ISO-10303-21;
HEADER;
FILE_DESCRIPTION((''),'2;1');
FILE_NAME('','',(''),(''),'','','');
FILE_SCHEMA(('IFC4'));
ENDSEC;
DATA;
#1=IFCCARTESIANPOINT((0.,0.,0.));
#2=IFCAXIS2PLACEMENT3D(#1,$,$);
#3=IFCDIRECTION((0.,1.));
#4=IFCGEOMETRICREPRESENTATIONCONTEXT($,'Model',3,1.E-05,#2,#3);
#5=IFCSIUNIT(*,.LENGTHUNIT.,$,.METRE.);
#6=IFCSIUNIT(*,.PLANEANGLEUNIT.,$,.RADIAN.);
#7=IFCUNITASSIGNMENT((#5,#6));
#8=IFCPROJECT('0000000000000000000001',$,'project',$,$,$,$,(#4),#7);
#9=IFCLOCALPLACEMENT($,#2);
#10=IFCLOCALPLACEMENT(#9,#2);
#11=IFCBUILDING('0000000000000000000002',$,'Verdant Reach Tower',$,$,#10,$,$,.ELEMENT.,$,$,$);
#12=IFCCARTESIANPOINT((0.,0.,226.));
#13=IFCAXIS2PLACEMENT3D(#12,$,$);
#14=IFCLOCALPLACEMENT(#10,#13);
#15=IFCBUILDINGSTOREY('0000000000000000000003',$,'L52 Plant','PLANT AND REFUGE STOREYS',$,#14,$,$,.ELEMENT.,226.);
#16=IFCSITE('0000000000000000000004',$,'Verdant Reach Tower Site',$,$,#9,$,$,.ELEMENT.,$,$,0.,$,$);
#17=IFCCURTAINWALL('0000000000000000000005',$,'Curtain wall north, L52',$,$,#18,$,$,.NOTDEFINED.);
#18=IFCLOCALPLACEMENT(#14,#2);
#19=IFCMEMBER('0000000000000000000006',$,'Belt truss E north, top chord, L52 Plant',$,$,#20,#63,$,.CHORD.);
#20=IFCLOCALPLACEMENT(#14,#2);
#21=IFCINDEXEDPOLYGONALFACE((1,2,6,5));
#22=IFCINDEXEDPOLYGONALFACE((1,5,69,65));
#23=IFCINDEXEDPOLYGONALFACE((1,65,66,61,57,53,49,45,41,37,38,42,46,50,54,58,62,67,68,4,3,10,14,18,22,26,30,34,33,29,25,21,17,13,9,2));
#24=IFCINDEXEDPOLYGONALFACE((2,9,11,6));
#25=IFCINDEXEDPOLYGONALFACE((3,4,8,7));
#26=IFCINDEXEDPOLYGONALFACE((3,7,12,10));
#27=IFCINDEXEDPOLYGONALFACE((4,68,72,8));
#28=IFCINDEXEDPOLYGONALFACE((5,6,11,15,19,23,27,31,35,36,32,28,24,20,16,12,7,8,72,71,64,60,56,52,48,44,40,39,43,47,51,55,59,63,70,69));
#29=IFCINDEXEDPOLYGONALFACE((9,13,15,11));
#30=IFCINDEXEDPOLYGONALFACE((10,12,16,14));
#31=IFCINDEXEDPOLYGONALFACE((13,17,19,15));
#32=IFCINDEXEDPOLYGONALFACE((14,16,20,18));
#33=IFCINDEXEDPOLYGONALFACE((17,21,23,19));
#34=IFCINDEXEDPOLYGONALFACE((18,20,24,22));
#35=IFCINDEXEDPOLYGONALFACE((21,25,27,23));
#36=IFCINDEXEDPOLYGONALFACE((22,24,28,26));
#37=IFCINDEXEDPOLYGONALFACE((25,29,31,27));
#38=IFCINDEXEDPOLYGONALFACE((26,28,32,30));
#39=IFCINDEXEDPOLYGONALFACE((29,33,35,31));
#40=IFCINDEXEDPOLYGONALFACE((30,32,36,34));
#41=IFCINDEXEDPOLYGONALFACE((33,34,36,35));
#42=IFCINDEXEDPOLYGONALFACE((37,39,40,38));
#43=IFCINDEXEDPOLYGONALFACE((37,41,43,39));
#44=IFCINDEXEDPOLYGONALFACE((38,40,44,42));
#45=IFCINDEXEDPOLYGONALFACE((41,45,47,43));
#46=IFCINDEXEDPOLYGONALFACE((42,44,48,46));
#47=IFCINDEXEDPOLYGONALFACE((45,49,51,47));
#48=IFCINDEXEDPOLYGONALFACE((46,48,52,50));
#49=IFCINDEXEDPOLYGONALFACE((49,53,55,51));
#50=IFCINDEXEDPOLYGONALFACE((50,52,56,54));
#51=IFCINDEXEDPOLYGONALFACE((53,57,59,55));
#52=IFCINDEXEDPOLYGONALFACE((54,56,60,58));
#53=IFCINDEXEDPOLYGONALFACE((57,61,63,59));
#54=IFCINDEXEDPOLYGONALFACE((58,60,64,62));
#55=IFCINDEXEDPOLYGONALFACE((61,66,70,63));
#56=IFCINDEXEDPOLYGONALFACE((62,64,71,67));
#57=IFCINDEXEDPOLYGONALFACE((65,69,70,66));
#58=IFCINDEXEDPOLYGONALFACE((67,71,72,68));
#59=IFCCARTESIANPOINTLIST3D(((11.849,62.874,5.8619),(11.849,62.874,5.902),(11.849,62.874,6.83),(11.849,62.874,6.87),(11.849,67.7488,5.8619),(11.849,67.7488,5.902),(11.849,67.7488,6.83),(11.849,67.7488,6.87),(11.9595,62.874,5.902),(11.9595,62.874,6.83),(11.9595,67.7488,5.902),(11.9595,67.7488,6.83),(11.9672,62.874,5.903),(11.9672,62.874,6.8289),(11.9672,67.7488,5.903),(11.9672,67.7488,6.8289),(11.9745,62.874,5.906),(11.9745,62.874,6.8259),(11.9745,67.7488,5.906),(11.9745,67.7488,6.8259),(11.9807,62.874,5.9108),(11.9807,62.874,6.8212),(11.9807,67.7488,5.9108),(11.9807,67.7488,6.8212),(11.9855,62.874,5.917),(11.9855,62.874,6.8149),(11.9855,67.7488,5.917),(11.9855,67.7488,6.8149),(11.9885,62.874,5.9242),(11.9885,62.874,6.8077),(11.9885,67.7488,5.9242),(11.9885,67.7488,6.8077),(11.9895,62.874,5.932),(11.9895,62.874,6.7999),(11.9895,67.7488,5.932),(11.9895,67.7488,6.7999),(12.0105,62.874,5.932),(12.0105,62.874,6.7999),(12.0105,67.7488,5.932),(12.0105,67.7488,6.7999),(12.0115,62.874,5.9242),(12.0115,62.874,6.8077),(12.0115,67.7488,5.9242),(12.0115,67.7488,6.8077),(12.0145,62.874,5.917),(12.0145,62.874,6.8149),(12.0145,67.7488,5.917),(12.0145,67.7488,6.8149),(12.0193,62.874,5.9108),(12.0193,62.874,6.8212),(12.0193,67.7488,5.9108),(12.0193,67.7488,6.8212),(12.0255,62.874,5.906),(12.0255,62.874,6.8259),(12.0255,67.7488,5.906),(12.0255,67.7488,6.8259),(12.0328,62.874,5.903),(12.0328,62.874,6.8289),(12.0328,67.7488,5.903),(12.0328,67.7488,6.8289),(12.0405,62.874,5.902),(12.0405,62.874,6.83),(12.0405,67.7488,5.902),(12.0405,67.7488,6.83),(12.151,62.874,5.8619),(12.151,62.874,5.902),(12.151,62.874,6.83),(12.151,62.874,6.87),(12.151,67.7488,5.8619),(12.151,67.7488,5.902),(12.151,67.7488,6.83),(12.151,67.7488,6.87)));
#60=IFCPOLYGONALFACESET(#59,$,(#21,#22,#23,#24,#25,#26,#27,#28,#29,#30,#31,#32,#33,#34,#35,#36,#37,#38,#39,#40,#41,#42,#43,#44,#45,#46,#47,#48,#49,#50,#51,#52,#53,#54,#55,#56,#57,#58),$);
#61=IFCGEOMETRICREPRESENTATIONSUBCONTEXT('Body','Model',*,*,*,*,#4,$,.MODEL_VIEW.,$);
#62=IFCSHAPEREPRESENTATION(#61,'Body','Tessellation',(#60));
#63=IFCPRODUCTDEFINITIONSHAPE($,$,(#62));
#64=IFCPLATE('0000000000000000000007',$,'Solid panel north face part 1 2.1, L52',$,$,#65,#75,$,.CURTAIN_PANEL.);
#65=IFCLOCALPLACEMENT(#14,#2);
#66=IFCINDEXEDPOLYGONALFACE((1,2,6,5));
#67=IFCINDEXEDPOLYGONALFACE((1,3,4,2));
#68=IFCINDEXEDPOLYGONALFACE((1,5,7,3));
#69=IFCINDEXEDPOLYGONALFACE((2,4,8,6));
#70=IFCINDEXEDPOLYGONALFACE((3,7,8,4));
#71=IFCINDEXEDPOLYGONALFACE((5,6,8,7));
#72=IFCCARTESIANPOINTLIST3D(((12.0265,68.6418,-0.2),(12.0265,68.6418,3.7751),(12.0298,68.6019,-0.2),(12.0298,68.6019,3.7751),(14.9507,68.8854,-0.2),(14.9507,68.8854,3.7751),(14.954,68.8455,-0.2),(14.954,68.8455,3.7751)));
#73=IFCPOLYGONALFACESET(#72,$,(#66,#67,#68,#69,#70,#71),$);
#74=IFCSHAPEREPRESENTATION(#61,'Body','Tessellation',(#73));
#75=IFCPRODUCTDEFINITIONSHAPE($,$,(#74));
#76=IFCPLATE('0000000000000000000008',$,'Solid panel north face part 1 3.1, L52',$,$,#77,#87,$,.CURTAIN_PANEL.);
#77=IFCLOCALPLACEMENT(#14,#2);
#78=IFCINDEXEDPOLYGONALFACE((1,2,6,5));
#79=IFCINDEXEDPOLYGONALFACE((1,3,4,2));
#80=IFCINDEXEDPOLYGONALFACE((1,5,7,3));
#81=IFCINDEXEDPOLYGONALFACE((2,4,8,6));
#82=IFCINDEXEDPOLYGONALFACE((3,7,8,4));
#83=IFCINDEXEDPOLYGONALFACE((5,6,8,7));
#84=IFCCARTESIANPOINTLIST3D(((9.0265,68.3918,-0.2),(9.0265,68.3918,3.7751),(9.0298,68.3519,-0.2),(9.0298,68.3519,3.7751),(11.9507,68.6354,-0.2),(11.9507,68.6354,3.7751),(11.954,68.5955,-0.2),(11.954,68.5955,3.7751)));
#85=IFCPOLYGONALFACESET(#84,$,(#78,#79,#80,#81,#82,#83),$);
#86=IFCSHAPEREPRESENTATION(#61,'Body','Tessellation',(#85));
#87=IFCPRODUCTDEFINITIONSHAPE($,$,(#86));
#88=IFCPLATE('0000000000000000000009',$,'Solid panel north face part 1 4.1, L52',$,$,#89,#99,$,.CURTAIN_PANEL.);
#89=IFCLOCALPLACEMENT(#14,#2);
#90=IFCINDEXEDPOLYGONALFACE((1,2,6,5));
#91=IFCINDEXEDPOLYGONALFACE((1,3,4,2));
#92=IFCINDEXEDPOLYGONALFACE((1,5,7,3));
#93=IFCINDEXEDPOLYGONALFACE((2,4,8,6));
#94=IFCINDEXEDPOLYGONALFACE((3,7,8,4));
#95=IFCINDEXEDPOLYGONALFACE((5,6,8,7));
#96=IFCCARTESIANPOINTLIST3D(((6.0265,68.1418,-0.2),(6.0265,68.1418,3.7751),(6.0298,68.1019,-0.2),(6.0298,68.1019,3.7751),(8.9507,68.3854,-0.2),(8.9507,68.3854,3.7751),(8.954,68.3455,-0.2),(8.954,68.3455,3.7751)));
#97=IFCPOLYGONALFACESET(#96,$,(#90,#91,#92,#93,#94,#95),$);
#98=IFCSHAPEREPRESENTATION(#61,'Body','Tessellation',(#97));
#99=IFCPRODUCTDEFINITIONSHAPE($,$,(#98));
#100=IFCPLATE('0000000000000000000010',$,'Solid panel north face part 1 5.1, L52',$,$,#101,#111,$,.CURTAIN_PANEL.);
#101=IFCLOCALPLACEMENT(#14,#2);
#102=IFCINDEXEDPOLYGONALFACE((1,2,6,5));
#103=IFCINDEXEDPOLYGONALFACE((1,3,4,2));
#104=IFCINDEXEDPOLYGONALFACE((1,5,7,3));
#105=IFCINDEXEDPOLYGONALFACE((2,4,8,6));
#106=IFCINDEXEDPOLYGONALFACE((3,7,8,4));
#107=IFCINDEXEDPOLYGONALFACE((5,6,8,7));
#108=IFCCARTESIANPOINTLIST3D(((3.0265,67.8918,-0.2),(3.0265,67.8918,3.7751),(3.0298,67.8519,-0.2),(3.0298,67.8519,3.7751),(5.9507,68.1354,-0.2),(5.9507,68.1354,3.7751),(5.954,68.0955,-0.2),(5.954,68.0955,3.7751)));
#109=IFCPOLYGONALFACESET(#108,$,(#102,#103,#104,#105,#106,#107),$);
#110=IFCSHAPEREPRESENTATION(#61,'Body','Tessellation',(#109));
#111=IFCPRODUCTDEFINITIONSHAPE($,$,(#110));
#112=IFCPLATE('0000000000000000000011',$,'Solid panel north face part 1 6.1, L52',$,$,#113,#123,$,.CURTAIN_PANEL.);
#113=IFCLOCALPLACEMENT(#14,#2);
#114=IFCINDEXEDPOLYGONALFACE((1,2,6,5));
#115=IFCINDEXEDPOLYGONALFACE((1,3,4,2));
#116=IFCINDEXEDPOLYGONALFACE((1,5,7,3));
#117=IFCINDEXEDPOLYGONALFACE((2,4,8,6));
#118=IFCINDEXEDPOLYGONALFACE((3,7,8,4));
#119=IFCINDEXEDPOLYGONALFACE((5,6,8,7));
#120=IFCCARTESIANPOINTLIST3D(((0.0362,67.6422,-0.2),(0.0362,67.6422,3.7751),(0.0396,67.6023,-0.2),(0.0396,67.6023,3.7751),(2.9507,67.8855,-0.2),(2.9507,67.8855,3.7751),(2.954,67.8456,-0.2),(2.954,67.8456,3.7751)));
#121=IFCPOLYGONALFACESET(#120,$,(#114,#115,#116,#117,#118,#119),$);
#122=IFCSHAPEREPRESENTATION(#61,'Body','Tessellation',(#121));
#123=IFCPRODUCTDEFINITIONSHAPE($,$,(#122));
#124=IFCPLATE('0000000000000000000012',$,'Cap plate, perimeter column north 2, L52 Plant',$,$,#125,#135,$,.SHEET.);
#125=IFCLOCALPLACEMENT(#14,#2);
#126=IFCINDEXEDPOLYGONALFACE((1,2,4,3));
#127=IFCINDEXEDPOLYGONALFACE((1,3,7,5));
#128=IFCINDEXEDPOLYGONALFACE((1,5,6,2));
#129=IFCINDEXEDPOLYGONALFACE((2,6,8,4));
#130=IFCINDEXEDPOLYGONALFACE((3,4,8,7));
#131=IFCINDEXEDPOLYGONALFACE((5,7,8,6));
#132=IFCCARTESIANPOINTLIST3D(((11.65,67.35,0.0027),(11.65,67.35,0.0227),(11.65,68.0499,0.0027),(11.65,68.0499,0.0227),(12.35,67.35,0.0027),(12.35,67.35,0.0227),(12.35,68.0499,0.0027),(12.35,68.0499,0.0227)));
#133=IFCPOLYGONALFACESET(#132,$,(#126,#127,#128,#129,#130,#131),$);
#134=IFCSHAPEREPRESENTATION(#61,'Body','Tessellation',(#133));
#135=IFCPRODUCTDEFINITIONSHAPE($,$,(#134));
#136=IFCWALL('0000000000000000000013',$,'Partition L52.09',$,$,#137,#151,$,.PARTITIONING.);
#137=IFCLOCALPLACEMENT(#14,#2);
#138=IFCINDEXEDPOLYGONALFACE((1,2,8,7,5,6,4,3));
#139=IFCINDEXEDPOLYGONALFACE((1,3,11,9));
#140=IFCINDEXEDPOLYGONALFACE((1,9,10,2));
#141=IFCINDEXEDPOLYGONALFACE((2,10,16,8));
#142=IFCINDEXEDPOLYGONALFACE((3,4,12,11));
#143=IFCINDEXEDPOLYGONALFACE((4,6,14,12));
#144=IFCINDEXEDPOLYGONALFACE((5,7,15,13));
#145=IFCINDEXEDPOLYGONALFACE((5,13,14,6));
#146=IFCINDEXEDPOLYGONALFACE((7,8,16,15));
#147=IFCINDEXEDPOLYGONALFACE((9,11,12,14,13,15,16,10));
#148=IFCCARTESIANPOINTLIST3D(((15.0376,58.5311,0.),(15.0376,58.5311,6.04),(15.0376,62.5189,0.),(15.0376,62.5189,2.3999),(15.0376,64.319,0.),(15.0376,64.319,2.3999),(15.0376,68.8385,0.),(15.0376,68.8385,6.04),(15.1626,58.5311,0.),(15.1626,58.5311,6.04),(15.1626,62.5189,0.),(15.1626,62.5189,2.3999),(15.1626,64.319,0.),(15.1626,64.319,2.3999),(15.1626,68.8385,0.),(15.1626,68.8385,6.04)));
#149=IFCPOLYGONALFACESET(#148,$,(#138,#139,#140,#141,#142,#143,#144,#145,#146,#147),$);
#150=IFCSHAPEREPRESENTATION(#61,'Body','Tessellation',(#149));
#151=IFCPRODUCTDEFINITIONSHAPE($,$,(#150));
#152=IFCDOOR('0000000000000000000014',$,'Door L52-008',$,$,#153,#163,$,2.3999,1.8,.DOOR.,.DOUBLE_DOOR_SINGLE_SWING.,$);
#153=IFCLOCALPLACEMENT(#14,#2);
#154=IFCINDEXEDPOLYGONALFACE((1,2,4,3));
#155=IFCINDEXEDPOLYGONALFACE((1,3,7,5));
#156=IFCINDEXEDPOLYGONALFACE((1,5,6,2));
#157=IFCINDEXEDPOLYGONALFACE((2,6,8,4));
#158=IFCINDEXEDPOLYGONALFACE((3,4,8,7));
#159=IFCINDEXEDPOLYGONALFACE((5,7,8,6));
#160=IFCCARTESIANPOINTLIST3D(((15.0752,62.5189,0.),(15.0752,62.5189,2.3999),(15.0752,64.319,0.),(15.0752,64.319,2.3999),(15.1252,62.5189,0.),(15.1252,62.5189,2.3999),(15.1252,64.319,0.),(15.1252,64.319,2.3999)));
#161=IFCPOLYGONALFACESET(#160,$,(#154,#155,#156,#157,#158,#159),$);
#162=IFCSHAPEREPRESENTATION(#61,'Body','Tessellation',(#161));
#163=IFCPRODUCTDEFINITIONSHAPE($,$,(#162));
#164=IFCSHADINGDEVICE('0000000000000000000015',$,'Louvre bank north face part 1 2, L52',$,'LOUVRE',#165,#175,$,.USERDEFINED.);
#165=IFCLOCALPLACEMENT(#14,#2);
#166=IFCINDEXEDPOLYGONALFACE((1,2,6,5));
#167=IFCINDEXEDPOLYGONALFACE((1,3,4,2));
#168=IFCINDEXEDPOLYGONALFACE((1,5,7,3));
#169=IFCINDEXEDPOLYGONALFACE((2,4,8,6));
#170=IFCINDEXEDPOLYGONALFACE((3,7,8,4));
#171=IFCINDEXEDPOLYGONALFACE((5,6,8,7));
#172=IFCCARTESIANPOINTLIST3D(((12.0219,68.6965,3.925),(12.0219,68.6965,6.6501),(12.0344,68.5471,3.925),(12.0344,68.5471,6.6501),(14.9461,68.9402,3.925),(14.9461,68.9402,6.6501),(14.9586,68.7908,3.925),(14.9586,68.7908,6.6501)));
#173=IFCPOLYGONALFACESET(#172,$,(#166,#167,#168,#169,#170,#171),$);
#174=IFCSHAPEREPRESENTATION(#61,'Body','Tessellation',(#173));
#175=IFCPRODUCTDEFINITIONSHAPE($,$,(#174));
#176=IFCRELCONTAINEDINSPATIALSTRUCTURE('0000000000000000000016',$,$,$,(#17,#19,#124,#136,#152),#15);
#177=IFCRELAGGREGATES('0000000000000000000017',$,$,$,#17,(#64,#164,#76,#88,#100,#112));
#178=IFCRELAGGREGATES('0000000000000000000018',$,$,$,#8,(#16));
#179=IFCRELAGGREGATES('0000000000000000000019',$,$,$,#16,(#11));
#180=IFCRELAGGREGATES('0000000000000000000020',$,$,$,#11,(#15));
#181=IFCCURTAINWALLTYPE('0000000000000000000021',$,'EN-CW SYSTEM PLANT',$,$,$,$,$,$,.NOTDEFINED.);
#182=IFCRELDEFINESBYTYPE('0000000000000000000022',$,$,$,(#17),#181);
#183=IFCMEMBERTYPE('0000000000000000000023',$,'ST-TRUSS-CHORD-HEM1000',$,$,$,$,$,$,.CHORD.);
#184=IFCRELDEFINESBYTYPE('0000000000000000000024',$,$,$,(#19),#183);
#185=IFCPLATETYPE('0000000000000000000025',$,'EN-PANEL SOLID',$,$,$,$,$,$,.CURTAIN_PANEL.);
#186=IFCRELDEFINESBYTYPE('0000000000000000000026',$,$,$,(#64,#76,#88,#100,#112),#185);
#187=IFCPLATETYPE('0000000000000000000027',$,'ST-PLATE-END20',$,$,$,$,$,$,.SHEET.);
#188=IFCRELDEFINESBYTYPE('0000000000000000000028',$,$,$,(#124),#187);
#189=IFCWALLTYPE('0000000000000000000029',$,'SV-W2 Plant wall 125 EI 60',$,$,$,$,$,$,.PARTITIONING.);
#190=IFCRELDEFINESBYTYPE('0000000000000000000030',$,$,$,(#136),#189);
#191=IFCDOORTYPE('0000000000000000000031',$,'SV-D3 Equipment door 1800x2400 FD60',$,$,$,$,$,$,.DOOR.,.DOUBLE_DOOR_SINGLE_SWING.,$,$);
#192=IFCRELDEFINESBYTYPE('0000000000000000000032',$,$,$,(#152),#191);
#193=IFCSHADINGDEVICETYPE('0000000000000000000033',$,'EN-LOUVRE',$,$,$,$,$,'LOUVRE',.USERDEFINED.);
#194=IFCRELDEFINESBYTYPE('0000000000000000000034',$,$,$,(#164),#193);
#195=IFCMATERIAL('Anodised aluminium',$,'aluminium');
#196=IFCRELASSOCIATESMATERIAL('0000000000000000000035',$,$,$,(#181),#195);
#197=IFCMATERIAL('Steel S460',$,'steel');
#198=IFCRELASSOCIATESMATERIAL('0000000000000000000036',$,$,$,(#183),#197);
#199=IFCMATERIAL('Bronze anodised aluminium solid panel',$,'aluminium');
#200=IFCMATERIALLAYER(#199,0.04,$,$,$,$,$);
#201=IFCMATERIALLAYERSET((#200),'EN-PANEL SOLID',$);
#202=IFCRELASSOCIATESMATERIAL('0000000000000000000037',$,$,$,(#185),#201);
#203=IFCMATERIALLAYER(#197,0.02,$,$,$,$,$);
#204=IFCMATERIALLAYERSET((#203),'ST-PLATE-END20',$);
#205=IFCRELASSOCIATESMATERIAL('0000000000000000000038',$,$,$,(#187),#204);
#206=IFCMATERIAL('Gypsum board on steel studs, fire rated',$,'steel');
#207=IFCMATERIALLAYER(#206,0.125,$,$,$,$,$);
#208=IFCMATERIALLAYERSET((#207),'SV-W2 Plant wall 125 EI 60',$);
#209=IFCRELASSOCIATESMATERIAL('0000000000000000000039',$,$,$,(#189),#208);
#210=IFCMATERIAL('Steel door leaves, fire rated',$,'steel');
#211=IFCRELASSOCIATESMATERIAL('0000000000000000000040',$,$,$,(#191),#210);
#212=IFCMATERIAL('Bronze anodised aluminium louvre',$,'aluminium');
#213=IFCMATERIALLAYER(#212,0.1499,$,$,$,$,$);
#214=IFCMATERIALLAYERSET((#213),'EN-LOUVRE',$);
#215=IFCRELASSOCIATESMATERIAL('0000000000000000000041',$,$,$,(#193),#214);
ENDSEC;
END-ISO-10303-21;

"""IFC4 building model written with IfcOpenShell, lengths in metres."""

from ifc_helpers import new_model, si_unit, direction, frame, frame_2d, origin, origin_2d, place, context, subcontext, project, spatial, rectangle, i_section, extrude, material, layer, layer_set, material_profile, profile_set, type_object, element, fill, aggregate, save


model = new_model("IFC4")

# Units and contexts
model_context = context("Model", 3, precision=1e-05, world=origin(), true_north=direction((0.0, 1.0)))
body_context = subcontext(model_context, "Body", "Model", "MODEL_VIEW")
ifc_project = project(units=[si_unit("LENGTHUNIT", "METRE"), si_unit("PLANEANGLEUNIT", "RADIAN")], contexts=[model_context])

# Site, building, storey
site_placement = place(None, origin())
site = spatial("IfcSite", under=ifc_project, at=site_placement, Name="Verdant Reach Tower Site", CompositionType="ELEMENT", RefElevation=0.0)
building_placement = place(site_placement, origin())
building = spatial("IfcBuilding", under=site, at=building_placement, Name="Verdant Reach Tower", CompositionType="ELEMENT")
storey_placement = place(building_placement, frame((0.0, 0.0, 226.0)))
storey = spatial("IfcBuildingStorey", under=building, at=storey_placement, Name="L52 Plant", Description="PLANT AND REFUGE STOREYS", CompositionType="ELEMENT", Elevation=226.0)

# Shared definitions
ifc_material_1 = material(Name="Steel S460", Category="steel")

# Curtain wall
ifc_material_2 = material(Name="Anodised aluminium", Category="aluminium")
curtain_wall_type = type_object("IfcCurtainWallType", Name="EN-CW SYSTEM PLANT", PredefinedType="NOTDEFINED", material=ifc_material_2)
curtain_wall_placement = place(storey_placement, origin())
curtain_wall = element("IfcCurtainWall", 1, at=curtain_wall_placement, inside=storey, type_object=curtain_wall_type, Name="Curtain wall north, L52", PredefinedType="NOTDEFINED")

# Member
ifc_material_profile_1 = material_profile(ifc_material_1, i_section(OverallWidth=0.302, OverallDepth=1.0081, WebThickness=0.021, FlangeThickness=0.04, FilletRadius=0.03, at=origin_2d()), Name="HEM 1000")
ifc_profile_set_1 = profile_set([ifc_material_profile_1], Name="Steel S460")
member_type_1 = type_object("IfcMemberType", Name="ST-TRUSS-CHORD-HEM1000", PredefinedType="CHORD", material=ifc_profile_set_1)
for number, where, z_axis, x_axis, name in (
    (2, (12.0, 62.874, 6.366), (0.0, 1.0, 0.0), (-1.0, 0.0, 0.0), "Belt truss E north, top chord, L52 Plant"),
):
    element("IfcMember", number, at=place(storey_placement, frame(where, z_axis=z_axis, x_axis=x_axis)), inside=storey, type_object=member_type_1, Name=name, PredefinedType="CHORD", context=body_context, shape_type="SweptSolid", body=[
        extrude(i_section(OverallWidth=0.302, OverallDepth=1.0081, WebThickness=0.021, FlangeThickness=0.04, FilletRadius=0.03, at=origin_2d()), origin(), (0.0, 0.0, 1.0), 4.8748),
    ])

# Plates
ifc_material_3 = material(Name="Bronze anodised aluminium solid panel", Category="aluminium")
ifc_layer_1 = layer(ifc_material_3, 0.04)
ifc_layer_set_1 = layer_set([ifc_layer_1], Name="EN-PANEL SOLID")
plate_type_1 = type_object("IfcPlateType", Name="EN-PANEL SOLID", PredefinedType="CURTAIN_PANEL", material=ifc_layer_set_1)
plate_1_placement = place(storey_placement, frame((13.4902, 68.7437, -0.2), z_axis=(0.0, 0.0, 1.0), x_axis=(-0.996546, -0.083045, 0.0)))
plate_1 = element("IfcPlate", 3, at=plate_1_placement, type_object=plate_type_1, Name="Solid panel north face part 1 2.1, L52", PredefinedType="CURTAIN_PANEL", context=body_context, shape_type="SweptSolid", body=[
    extrude(rectangle(XDim=2.9343, YDim=0.04, at=origin_2d()), origin(), (0.0, 0.0, 1.0), 3.9751),
])
plate_2_placement = place(storey_placement, frame((10.4902, 68.4937, -0.2), z_axis=(0.0, 0.0, 1.0), x_axis=(-0.996546, -0.083045, 0.0)))
plate_2 = element("IfcPlate", 4, at=plate_2_placement, type_object=plate_type_1, Name="Solid panel north face part 1 3.1, L52", PredefinedType="CURTAIN_PANEL", context=body_context, shape_type="SweptSolid", body=[
    extrude(rectangle(XDim=2.9343, YDim=0.04, at=origin_2d()), origin(), (0.0, 0.0, 1.0), 3.9751),
])
plate_3_placement = place(storey_placement, frame((7.4902, 68.2437, -0.2), z_axis=(0.0, 0.0, 1.0), x_axis=(-0.996546, -0.083045, 0.0)))
plate_3 = element("IfcPlate", 5, at=plate_3_placement, type_object=plate_type_1, Name="Solid panel north face part 1 4.1, L52", PredefinedType="CURTAIN_PANEL", context=body_context, shape_type="SweptSolid", body=[
    extrude(rectangle(XDim=2.9343, YDim=0.04, at=origin_2d()), origin(), (0.0, 0.0, 1.0), 3.9751),
])
plate_4_placement = place(storey_placement, frame((4.4902, 67.9937, -0.2), z_axis=(0.0, 0.0, 1.0), x_axis=(-0.996546, -0.083045, 0.0)))
plate_4 = element("IfcPlate", 6, at=plate_4_placement, type_object=plate_type_1, Name="Solid panel north face part 1 5.1, L52", PredefinedType="CURTAIN_PANEL", context=body_context, shape_type="SweptSolid", body=[
    extrude(rectangle(XDim=2.9343, YDim=0.04, at=origin_2d()), origin(), (0.0, 0.0, 1.0), 3.9751),
])
plate_5_placement = place(storey_placement, frame((1.4951, 67.7439, -0.2), z_axis=(0.0, 0.0, 1.0), x_axis=(-0.996534, -0.083182, 0.0)))
plate_5 = element("IfcPlate", 7, at=plate_5_placement, type_object=plate_type_1, Name="Solid panel north face part 1 6.1, L52", PredefinedType="CURTAIN_PANEL", context=body_context, shape_type="SweptSolid", body=[
    extrude(rectangle(XDim=2.9246, YDim=0.04, at=origin_2d()), origin(), (0.0, 0.0, 1.0), 3.9751),
])
ifc_layer_2 = layer(ifc_material_1, 0.02)
ifc_layer_set_2 = layer_set([ifc_layer_2], Name="ST-PLATE-END20")
plate_type_2 = type_object("IfcPlateType", Name="ST-PLATE-END20", PredefinedType="SHEET", material=ifc_layer_set_2)
plate_6_placement = place(storey_placement, frame((12.0, 67.7, 0.0027), z_axis=(0.0, 0.0, 1.0), x_axis=(1.0, 0.0, 0.0)))
element("IfcPlate", 8, at=plate_6_placement, inside=storey, type_object=plate_type_2, Name="Cap plate, perimeter column north 2, L52 Plant", PredefinedType="SHEET", context=body_context, shape_type="SweptSolid", body=[
    extrude(rectangle(XDim=0.7, YDim=0.7, at=origin_2d()), origin(), (0.0, 0.0, 1.0), 0.02),
])

# Wall, opening, door
ifc_material_4 = material(Name="Gypsum board on steel studs, fire rated", Category="steel")
ifc_layer_3 = layer(ifc_material_4, 0.125)
ifc_layer_set_3 = layer_set([ifc_layer_3], Name="SV-W2 Plant wall 125 EI 60")
wall_type = type_object("IfcWallType", Name="SV-W2 Plant wall 125 EI 60", PredefinedType="PARTITIONING", material=ifc_layer_set_3)
wall_placement = place(storey_placement, frame((15.1001, 58.531, 0.0), z_axis=(0.0, 0.0, 1.0), x_axis=(0.0, 1.0, 0.0)))
wall = element("IfcWall", 9, at=wall_placement, inside=storey, type_object=wall_type, Name="Partition L52.09", PredefinedType="PARTITIONING", context=body_context, shape_type="SweptSolid", body=[
    extrude(rectangle(XDim=10.3074, YDim=0.125, at=frame_2d((5.1538, 0.0))), origin(), (0.0, 0.0, 1.0), 6.04),
])
opening_placement = place(wall_placement, frame((3.988, 0.0, 0.0)))
opening = element("IfcOpeningElement", 10, at=opening_placement, cuts=wall, PredefinedType="OPENING", context=body_context, shape_type="SweptSolid", body=[
    extrude(rectangle(XDim=1.8, YDim=2.3999, at=frame_2d((0.8999, 1.2))), frame((0.0, 0.0725, 0.0), z_axis=(0.0, -1.0, 0.0), x_axis=(1.0, 0.0, 0.0)), (0.0, 0.0, 1.0), 0.145),
])
ifc_material_5 = material(Name="Steel door leaves, fire rated", Category="steel")
door_type = type_object("IfcDoorType", Name="SV-D3 Equipment door 1800x2400 FD60", OperationType="DOUBLE_DOOR_SINGLE_SWING", PredefinedType="DOOR", material=ifc_material_5)
door_placement = place(opening_placement, origin())
door = element("IfcDoor", 11, at=door_placement, inside=storey, type_object=door_type, Name="Door L52-008", OperationType="DOUBLE_DOOR_SINGLE_SWING", OverallHeight=2.3999, OverallWidth=1.8, PredefinedType="DOOR", context=body_context, shape_type="SweptSolid", body=[
    extrude(rectangle(XDim=1.8, YDim=2.3999, at=frame_2d((0.8999, 1.2))), frame((0.0, 0.0249, 0.0), z_axis=(0.0, -1.0, 0.0), x_axis=(1.0, 0.0, 0.0)), (0.0, 0.0, 1.0), 0.05),
])
fill(opening, door)

# Shading device
ifc_material_6 = material(Name="Bronze anodised aluminium louvre", Category="aluminium")
ifc_layer_4 = layer(ifc_material_6, 0.1499)
ifc_layer_set_4 = layer_set([ifc_layer_4], Name="EN-LOUVRE")
shading_device_type = type_object("IfcShadingDeviceType", Name="EN-LOUVRE", ElementType="LOUVRE", PredefinedType="USERDEFINED", material=ifc_layer_set_4)
shading_device_1_placement = place(storey_placement, frame((13.4902, 68.7437, 3.925), z_axis=(0.0, 0.0, 1.0), x_axis=(-0.996546, -0.083045, 0.0)))
shading_device_1 = element("IfcShadingDevice", 12, at=shading_device_1_placement, type_object=shading_device_type, Name="Louvre bank north face part 1 2, L52", ObjectType="LOUVRE", PredefinedType="USERDEFINED", context=body_context, shape_type="SweptSolid", body=[
    extrude(rectangle(XDim=2.9343, YDim=0.1499, at=origin_2d()), origin(), (0.0, 0.0, 1.0), 2.7251),
])
aggregate(curtain_wall, [plate_1, shading_device_1, plate_2, plate_3, plate_4, plate_5])

save(model, "model.ifc")
